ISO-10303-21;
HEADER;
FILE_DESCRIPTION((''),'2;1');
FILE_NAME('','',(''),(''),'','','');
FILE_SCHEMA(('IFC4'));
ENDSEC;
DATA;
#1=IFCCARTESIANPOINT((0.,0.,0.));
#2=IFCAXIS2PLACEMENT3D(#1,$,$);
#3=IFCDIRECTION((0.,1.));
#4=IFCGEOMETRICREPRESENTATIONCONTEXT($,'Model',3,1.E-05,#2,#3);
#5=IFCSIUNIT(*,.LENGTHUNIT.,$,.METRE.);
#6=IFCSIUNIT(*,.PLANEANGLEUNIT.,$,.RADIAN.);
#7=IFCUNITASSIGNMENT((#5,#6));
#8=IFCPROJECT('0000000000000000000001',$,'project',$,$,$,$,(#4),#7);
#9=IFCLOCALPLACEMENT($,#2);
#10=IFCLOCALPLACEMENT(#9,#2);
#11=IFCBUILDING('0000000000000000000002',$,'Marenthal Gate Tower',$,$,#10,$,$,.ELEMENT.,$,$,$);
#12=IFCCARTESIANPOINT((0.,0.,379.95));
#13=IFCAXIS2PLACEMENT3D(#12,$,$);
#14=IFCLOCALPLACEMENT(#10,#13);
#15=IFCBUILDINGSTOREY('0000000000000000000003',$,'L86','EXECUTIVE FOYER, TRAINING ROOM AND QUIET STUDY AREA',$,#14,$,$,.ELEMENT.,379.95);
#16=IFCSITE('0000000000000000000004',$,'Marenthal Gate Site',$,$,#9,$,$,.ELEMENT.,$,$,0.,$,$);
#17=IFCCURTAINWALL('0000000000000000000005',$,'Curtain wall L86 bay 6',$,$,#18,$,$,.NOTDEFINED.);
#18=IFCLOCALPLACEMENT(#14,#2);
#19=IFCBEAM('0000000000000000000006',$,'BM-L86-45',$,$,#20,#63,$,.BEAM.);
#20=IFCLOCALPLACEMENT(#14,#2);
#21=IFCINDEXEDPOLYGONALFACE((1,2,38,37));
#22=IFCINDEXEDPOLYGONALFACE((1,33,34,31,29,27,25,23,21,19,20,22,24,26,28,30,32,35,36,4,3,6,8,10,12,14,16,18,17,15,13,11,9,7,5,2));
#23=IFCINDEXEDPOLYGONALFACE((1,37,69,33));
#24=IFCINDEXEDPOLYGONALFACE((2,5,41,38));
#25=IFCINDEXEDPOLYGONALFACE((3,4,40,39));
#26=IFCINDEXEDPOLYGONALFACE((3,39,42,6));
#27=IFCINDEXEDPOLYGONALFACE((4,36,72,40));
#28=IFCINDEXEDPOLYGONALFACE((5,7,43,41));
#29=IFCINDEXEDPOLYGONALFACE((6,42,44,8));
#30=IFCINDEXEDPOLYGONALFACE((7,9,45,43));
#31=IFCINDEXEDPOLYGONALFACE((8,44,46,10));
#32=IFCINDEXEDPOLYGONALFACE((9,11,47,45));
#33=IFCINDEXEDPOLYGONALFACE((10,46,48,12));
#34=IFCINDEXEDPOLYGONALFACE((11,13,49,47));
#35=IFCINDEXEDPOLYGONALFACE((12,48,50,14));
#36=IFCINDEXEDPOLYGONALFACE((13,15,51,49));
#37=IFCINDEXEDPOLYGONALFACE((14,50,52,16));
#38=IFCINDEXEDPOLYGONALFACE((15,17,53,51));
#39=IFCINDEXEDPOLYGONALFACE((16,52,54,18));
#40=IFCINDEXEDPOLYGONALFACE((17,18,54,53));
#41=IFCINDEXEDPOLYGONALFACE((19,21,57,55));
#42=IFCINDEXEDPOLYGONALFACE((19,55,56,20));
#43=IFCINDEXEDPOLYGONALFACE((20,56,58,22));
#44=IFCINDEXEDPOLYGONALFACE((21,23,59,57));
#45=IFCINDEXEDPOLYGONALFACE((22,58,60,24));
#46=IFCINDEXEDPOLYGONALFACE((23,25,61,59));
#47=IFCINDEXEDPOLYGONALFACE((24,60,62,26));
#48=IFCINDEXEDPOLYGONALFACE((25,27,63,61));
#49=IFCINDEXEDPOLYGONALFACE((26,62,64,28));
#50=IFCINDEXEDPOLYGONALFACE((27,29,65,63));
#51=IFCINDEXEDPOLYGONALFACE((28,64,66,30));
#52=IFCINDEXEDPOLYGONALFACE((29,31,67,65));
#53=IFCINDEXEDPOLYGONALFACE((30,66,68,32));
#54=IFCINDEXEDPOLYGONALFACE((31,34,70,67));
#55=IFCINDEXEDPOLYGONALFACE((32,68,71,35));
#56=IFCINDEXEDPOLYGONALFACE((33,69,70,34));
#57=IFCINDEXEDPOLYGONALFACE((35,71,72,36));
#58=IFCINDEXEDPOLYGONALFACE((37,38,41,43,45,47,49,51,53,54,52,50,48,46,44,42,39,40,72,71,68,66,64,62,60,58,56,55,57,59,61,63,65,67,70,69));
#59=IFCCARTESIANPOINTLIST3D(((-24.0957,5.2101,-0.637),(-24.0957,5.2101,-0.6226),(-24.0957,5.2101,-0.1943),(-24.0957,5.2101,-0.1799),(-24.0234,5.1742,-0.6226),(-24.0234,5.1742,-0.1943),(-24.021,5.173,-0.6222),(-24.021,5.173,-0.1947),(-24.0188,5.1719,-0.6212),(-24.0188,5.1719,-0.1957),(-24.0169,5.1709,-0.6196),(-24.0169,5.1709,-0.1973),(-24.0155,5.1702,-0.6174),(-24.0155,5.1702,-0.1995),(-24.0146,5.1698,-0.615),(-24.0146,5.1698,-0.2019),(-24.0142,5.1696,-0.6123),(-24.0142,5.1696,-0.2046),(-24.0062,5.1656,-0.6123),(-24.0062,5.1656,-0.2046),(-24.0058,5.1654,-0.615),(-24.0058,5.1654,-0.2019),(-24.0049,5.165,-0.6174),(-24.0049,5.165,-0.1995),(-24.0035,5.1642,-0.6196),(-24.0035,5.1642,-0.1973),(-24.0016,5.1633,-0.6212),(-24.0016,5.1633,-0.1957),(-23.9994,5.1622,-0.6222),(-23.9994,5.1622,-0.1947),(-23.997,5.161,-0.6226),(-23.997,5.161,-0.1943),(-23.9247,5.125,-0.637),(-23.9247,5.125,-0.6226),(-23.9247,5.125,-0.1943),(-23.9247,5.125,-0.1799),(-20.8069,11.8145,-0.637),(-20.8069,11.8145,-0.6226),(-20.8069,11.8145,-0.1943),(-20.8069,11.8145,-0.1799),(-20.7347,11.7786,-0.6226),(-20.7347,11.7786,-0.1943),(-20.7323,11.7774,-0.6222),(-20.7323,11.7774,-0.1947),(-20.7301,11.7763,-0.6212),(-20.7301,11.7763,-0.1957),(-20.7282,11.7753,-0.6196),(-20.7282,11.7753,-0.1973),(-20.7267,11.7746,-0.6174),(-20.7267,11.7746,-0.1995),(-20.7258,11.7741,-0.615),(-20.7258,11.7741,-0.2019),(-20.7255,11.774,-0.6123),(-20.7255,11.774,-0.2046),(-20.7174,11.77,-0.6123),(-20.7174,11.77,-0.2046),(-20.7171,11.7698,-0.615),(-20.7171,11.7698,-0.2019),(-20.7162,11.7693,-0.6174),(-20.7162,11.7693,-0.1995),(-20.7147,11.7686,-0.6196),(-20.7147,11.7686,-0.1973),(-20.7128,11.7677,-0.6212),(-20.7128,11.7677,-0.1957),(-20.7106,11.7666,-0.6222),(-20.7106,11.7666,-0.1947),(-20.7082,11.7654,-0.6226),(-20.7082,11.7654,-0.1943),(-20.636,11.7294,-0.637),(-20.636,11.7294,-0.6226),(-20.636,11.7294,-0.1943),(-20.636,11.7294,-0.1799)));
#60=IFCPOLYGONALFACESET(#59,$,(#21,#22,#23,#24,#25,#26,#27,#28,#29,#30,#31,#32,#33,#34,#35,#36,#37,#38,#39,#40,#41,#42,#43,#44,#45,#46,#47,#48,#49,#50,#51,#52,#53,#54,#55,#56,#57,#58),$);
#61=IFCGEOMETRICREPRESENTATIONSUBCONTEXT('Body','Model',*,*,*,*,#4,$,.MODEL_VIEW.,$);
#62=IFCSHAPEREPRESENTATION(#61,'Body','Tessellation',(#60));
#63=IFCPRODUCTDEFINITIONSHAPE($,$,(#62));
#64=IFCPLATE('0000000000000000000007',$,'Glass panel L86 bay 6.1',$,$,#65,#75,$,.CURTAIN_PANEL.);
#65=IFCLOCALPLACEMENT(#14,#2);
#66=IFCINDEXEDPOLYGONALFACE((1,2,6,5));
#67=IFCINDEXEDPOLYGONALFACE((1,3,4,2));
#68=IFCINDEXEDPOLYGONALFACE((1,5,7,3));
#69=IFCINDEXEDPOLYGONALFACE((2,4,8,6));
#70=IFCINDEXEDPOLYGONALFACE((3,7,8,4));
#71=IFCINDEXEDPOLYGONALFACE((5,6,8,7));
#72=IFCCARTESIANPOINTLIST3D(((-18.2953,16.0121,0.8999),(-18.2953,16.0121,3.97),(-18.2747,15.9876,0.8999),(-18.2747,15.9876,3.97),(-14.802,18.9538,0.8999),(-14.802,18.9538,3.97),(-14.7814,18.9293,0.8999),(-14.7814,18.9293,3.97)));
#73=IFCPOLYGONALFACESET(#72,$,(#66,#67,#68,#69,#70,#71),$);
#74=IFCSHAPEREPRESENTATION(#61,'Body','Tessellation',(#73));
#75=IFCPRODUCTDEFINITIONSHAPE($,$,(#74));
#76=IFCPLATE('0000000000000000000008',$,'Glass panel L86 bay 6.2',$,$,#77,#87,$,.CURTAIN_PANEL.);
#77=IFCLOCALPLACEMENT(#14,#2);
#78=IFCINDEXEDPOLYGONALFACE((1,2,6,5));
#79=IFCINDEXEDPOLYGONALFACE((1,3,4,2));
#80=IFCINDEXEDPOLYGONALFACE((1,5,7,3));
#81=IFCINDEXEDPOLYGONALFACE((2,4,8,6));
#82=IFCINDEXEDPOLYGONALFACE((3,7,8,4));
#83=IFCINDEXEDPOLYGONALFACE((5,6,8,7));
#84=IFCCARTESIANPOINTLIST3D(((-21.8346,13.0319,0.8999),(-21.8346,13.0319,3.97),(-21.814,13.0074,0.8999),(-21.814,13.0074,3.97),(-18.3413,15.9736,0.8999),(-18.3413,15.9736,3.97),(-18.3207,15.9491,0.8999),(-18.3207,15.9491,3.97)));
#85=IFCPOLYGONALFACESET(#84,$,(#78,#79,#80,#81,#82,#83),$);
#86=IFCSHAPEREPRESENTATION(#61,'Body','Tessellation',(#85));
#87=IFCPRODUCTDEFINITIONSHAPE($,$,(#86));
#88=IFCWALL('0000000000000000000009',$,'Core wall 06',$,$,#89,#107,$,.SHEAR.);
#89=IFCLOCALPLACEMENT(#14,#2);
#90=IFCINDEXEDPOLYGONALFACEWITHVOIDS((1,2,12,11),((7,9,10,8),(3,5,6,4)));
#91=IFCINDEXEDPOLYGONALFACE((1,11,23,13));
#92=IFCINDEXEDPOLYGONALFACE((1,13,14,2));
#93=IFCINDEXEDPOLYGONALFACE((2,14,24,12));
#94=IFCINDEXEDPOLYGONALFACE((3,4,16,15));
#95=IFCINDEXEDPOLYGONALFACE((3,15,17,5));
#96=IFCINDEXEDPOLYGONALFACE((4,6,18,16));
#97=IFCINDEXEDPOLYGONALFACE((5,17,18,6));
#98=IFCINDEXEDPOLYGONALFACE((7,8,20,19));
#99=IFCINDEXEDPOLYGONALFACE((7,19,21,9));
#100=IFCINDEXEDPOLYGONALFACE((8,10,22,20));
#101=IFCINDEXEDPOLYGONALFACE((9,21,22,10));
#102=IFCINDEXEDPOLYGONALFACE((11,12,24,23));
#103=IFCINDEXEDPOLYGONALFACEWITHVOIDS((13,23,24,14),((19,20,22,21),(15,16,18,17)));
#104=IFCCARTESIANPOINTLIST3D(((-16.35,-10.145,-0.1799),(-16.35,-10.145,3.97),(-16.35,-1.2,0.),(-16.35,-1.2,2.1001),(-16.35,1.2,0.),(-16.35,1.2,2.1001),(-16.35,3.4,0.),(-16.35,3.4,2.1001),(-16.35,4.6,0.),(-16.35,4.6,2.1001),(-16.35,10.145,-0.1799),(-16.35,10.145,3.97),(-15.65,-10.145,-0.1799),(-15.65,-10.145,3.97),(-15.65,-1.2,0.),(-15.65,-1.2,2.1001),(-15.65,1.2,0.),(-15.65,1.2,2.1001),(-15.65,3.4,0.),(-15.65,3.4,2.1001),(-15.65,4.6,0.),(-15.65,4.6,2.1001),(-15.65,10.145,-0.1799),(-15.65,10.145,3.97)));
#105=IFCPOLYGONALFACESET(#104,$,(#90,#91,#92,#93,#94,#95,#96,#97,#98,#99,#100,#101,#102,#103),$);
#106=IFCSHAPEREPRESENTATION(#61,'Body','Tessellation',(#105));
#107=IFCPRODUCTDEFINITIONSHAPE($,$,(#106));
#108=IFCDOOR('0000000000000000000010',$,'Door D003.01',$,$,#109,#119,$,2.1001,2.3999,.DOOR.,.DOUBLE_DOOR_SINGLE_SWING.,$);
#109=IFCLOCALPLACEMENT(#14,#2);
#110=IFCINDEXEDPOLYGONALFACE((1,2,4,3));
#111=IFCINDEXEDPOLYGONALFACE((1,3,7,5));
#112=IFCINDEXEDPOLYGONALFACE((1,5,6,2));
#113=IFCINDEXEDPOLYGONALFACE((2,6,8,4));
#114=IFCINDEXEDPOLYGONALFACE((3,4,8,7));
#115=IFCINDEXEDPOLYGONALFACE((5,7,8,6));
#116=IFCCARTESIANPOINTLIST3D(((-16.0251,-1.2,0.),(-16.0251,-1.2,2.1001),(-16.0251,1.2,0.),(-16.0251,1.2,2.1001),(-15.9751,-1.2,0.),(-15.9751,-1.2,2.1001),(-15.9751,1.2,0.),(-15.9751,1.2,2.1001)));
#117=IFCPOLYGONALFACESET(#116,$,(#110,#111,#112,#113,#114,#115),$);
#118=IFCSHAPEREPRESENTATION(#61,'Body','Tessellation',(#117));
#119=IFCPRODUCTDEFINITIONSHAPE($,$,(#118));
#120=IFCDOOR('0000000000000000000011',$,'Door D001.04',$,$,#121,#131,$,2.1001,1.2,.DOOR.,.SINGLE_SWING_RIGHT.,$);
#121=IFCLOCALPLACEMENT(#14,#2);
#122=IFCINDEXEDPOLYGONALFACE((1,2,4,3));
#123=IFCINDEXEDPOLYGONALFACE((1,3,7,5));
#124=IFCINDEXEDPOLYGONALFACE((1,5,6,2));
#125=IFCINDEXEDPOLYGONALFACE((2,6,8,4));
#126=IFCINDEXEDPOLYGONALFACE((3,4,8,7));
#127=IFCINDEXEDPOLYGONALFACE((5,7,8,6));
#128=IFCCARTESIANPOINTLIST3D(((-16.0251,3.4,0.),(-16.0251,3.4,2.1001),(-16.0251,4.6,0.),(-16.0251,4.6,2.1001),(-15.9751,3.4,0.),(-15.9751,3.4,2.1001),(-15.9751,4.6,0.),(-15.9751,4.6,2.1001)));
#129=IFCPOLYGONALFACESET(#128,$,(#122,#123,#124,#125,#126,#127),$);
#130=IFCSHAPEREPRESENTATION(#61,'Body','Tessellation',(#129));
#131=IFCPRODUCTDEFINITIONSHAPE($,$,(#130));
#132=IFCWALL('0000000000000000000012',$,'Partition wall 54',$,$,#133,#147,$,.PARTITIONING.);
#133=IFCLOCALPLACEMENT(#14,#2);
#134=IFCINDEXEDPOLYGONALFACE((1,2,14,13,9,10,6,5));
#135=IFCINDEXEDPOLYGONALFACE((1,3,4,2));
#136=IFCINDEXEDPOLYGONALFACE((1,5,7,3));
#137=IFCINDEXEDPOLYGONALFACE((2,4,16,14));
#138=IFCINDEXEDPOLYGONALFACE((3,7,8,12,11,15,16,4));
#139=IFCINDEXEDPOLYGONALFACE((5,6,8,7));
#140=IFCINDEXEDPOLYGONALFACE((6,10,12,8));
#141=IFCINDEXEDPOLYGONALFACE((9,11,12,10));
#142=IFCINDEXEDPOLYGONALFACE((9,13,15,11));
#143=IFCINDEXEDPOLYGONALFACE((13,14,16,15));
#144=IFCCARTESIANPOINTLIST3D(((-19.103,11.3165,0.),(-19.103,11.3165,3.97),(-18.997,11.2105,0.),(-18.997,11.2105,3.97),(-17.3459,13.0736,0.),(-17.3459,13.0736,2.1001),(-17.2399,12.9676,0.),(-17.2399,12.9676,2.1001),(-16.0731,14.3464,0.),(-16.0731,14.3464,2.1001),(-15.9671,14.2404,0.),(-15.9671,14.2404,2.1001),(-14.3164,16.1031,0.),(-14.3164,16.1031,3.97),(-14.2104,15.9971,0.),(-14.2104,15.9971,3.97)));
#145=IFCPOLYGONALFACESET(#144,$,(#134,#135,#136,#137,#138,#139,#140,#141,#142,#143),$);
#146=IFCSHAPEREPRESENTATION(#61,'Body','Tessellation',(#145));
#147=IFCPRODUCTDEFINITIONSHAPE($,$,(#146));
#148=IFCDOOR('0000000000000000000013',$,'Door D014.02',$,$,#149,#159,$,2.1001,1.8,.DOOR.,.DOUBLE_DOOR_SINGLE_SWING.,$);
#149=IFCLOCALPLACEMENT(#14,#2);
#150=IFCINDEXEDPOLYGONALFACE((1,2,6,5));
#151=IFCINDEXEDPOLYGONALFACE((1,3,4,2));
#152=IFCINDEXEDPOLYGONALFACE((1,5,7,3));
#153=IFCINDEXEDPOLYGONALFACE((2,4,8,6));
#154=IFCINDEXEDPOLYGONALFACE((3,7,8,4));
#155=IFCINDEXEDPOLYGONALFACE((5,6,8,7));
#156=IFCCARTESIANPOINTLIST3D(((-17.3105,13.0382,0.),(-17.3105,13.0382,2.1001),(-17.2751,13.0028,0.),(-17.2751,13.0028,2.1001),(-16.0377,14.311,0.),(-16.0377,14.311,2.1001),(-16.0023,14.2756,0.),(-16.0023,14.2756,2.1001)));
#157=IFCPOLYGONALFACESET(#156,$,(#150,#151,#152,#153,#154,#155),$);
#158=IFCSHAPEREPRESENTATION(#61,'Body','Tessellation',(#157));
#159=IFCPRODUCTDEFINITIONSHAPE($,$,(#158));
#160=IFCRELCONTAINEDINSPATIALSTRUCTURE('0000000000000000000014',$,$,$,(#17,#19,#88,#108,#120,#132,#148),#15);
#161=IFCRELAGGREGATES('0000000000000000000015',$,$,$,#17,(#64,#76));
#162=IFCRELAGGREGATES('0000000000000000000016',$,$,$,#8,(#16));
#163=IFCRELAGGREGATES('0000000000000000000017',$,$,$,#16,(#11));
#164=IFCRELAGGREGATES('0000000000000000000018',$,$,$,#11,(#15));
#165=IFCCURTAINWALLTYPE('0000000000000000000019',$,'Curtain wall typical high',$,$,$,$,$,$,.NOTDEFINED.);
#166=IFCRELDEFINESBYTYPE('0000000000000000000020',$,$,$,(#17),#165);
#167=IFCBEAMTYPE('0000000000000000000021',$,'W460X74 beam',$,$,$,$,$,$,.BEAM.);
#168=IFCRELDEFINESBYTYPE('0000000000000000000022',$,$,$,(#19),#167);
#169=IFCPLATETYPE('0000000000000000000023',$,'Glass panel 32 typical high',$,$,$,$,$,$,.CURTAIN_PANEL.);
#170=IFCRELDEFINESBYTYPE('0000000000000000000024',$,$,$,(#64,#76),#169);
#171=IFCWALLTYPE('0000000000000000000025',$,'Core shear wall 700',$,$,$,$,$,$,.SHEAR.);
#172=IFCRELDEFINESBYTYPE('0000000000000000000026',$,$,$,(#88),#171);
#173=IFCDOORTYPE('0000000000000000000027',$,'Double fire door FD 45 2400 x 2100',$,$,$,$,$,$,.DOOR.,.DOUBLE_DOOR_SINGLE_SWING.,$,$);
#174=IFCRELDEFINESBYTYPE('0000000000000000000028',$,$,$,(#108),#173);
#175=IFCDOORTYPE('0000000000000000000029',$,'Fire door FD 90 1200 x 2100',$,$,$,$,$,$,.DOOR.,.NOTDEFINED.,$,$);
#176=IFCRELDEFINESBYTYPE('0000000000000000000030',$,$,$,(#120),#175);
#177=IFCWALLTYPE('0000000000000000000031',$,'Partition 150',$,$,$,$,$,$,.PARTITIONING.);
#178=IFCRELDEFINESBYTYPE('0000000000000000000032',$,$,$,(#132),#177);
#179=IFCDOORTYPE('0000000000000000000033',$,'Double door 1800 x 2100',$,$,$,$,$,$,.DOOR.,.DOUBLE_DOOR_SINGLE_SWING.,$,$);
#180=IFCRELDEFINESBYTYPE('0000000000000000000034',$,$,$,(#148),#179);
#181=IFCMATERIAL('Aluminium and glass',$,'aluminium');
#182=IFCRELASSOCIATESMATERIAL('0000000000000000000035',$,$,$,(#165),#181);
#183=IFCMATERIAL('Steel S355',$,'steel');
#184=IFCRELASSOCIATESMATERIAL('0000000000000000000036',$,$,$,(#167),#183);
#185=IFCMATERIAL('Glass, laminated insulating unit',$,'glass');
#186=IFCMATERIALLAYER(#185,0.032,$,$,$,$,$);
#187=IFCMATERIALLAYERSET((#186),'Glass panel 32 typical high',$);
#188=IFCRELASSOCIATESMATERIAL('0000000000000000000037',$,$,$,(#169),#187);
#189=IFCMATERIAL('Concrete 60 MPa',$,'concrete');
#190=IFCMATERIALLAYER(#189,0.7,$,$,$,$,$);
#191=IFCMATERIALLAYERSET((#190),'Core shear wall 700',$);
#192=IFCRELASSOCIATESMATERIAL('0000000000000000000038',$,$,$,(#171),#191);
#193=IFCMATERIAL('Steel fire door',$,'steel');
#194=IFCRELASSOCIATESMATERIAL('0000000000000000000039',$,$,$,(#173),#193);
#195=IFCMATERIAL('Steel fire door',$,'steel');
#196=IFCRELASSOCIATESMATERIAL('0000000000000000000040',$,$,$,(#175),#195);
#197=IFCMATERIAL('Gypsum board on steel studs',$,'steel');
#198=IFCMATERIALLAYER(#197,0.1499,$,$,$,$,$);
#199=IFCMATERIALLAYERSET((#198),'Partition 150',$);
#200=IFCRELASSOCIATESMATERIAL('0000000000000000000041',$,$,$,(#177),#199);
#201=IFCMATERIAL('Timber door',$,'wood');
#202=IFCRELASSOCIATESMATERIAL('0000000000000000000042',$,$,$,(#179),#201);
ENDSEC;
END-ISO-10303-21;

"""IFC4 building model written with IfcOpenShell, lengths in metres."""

from ifc_helpers import new_model, si_unit, direction, frame, frame_2d, origin, origin_2d, place, context, subcontext, project, spatial, rectangle, i_section, extrude, material, layer, layer_set, material_profile, profile_set, type_object, element, fill, aggregate, save


model = new_model("IFC4")

# Units and contexts
model_context = context("Model", 3, precision=1e-05, world=origin(), true_north=direction((0.0, 1.0)))
body_context = subcontext(model_context, "Body", "Model", "MODEL_VIEW")
ifc_project = project(units=[si_unit("LENGTHUNIT", "METRE"), si_unit("PLANEANGLEUNIT", "RADIAN")], contexts=[model_context])

# Site, building, storey
site_placement = place(None, origin())
site = spatial("IfcSite", under=ifc_project, at=site_placement, Name="Marenthal Gate Site", CompositionType="ELEMENT", RefElevation=0.0)
building_placement = place(site_placement, origin())
building = spatial("IfcBuilding", under=site, at=building_placement, Name="Marenthal Gate Tower", CompositionType="ELEMENT")
storey_placement = place(building_placement, frame((0.0, 0.0, 379.95)))
storey = spatial("IfcBuildingStorey", under=building, at=storey_placement, Name="L86", Description="EXECUTIVE FOYER, TRAINING ROOM AND QUIET STUDY AREA", CompositionType="ELEMENT", Elevation=379.95)

# Curtain wall
ifc_material_1 = material(Name="Aluminium and glass", Category="aluminium")
curtain_wall_type = type_object("IfcCurtainWallType", Name="Curtain wall typical high", PredefinedType="NOTDEFINED", material=ifc_material_1)
curtain_wall_placement = place(storey_placement, origin())
curtain_wall = element("IfcCurtainWall", 1, at=curtain_wall_placement, inside=storey, type_object=curtain_wall_type, Name="Curtain wall L86 bay 6", PredefinedType="NOTDEFINED")

# Beam
ifc_material_2 = material(Name="Steel S355", Category="steel")
ifc_material_profile_1 = material_profile(ifc_material_2, i_section(OverallWidth=0.1909, OverallDepth=0.457, WebThickness=0.009, FlangeThickness=0.0144, FilletRadius=0.0103, at=origin_2d()), Name="W460X74")
ifc_profile_set_1 = profile_set([ifc_material_profile_1], Name="Steel S355")
beam_type_1 = type_object("IfcBeamType", Name="W460X74 beam", PredefinedType="BEAM", material=ifc_profile_set_1)
beam_1_placement = place(storey_placement, frame((-20.7214, 11.772, -0.4084), z_axis=(-0.445757, -0.895154, 0.0), x_axis=(0.895154, -0.445757, 0.0)))
element("IfcBeam", 2, at=beam_1_placement, inside=storey, type_object=beam_type_1, Name="BM-L86-45", PredefinedType="BEAM", context=body_context, shape_type="SweptSolid", body=[
    extrude(i_section(OverallWidth=0.1909, OverallDepth=0.457, WebThickness=0.009, FlangeThickness=0.0144, FilletRadius=0.0103, at=origin_2d()), origin(), (0.0, 0.0, 1.0), 7.3779),
])

# Plates
ifc_material_3 = material(Name="Glass, laminated insulating unit", Category="glass")
ifc_layer_1 = layer(ifc_material_3, 0.032)
ifc_layer_set_1 = layer_set([ifc_layer_1], Name="Glass panel 32 typical high")
plate_type = type_object("IfcPlateType", Name="Glass panel 32 typical high", PredefinedType="CURTAIN_PANEL", material=ifc_layer_set_1)
plate_1_placement = place(storey_placement, frame((-16.5383, 17.4707, 0.8999), z_axis=(0.0, 0.0, 1.0), x_axis=(-0.764912, -0.644135, 0.0)))
plate_1 = element("IfcPlate", 3, at=plate_1_placement, type_object=plate_type, Name="Glass panel L86 bay 6.1", PredefinedType="CURTAIN_PANEL", context=body_context, shape_type="SweptSolid", body=[
    extrude(rectangle(XDim=4.5669, YDim=0.032, at=origin_2d()), origin(), (0.0, 0.0, 1.0), 3.0701),
])
plate_2_placement = place(storey_placement, frame((-20.0776, 14.4905, 0.8999), z_axis=(0.0, 0.0, 1.0), x_axis=(-0.764912, -0.644135, 0.0)))
plate_2 = element("IfcPlate", 4, at=plate_2_placement, type_object=plate_type, Name="Glass panel L86 bay 6.2", PredefinedType="CURTAIN_PANEL", context=body_context, shape_type="SweptSolid", body=[
    extrude(rectangle(XDim=4.5669, YDim=0.032, at=origin_2d()), origin(), (0.0, 0.0, 1.0), 3.0701),
])
aggregate(curtain_wall, [plate_1, plate_2])

# Wall, openings, doors
ifc_material_4 = material(Name="Concrete 60 MPa", Category="concrete")
ifc_layer_2 = layer(ifc_material_4, 0.7)
ifc_layer_set_2 = layer_set([ifc_layer_2], Name="Core shear wall 700")
wall_type_1 = type_object("IfcWallType", Name="Core shear wall 700", PredefinedType="SHEAR", material=ifc_layer_set_2)
wall_1_placement = place(storey_placement, frame((-16.0, 10.145, -0.1799), z_axis=(0.0, 0.0, 1.0), x_axis=(0.0, -1.0, 0.0)))
wall_1 = element("IfcWall", 5, at=wall_1_placement, inside=storey, type_object=wall_type_1, Name="Core wall 06", PredefinedType="SHEAR", context=body_context, shape_type="SweptSolid", body=[
    extrude(rectangle(XDim=20.29, YDim=0.7, at=frame_2d((10.145, 0.0))), origin(), (0.0, 0.0, 1.0), 4.1499),
])
opening_1_placement = place(wall_1_placement, frame((8.9451, 0.0, 0.1799)))
opening_1 = element("IfcOpeningElement", 6, at=opening_1_placement, cuts=wall_1, PredefinedType="OPENING", context=body_context, shape_type="SweptSolid", body=[
    extrude(rectangle(XDim=2.3999, YDim=2.1001, at=frame_2d((1.2, 1.05))), frame((0.0, 0.3599, 0.0), z_axis=(0.0, -1.0, 0.0), x_axis=(1.0, 0.0, 0.0)), (0.0, 0.0, 1.0), 0.72),
])
opening_2_placement = place(wall_1_placement, frame((5.5449, 0.0, 0.1799)))
opening_2 = element("IfcOpeningElement", 7, at=opening_2_placement, cuts=wall_1, PredefinedType="OPENING", context=body_context, shape_type="SweptSolid", body=[
    extrude(rectangle(XDim=1.2, YDim=2.1001, at=frame_2d((0.6001, 1.05))), frame((0.0, 0.3599, 0.0), z_axis=(0.0, -1.0, 0.0), x_axis=(1.0, 0.0, 0.0)), (0.0, 0.0, 1.0), 0.72),
])
ifc_material_5 = material(Name="Steel fire door", Category="steel")
door_type_1 = type_object("IfcDoorType", Name="Double fire door FD 45 2400 x 2100", OperationType="DOUBLE_DOOR_SINGLE_SWING", PredefinedType="DOOR", material=ifc_material_5)
door_1_placement = place(opening_1_placement, origin())
door_1 = element("IfcDoor", 8, at=door_1_placement, inside=storey, type_object=door_type_1, Name="Door D003.01", OperationType="DOUBLE_DOOR_SINGLE_SWING", OverallHeight=2.1001, OverallWidth=2.3999, PredefinedType="DOOR", context=body_context, shape_type="SweptSolid", body=[
    extrude(rectangle(XDim=2.3999, YDim=2.1001, at=frame_2d((1.2, 1.05))), frame((0.0, 0.0249, 0.0), z_axis=(0.0, -1.0, 0.0), x_axis=(1.0, 0.0, 0.0)), (0.0, 0.0, 1.0), 0.05),
])
fill(opening_1, door_1)
ifc_material_6 = material(Name="Steel fire door", Category="steel")
door_type_2 = type_object("IfcDoorType", Name="Fire door FD 90 1200 x 2100", OperationType="NOTDEFINED", PredefinedType="DOOR", material=ifc_material_6)
door_2_placement = place(opening_2_placement, origin())
door_2 = element("IfcDoor", 9, at=door_2_placement, inside=storey, type_object=door_type_2, Name="Door D001.04", OperationType="SINGLE_SWING_RIGHT", OverallHeight=2.1001, OverallWidth=1.2, PredefinedType="DOOR", context=body_context, shape_type="SweptSolid", body=[
    extrude(rectangle(XDim=1.2, YDim=2.1001, at=frame_2d((0.6001, 1.05))), frame((0.0, 0.0249, 0.0), z_axis=(0.0, -1.0, 0.0), x_axis=(1.0, 0.0, 0.0)), (0.0, 0.0, 1.0), 0.05),
])
fill(opening_2, door_2)

# Wall, opening, door
ifc_material_7 = material(Name="Gypsum board on steel studs", Category="steel")
ifc_layer_3 = layer(ifc_material_7, 0.1499)
ifc_layer_set_3 = layer_set([ifc_layer_3], Name="Partition 150")
wall_type_2 = type_object("IfcWallType", Name="Partition 150", PredefinedType="PARTITIONING", material=ifc_layer_set_3)
wall_2_placement = place(storey_placement, frame((-19.05, 11.2634, 0.0), z_axis=(0.0, 0.0, 1.0), x_axis=(0.707107, 0.707107, 0.0)))
wall_2 = element("IfcWall", 10, at=wall_2_placement, inside=storey, type_object=wall_type_2, Name="Partition wall 54", PredefinedType="PARTITIONING", context=body_context, shape_type="SweptSolid", body=[
    extrude(rectangle(XDim=6.7693, YDim=0.1499, at=frame_2d((3.3848, 0.0))), origin(), (0.0, 0.0, 1.0), 3.97),
])
opening_3_placement = place(wall_2_placement, frame((2.4851, 0.0, 0.0)))
opening_3 = element("IfcOpeningElement", 11, at=opening_3_placement, cuts=wall_2, PredefinedType="OPENING", context=body_context, shape_type="SweptSolid", body=[
    extrude(rectangle(XDim=1.8, YDim=2.1001, at=frame_2d((0.8999, 1.05))), frame((0.0, 0.085, 0.0), z_axis=(0.0, -1.0, 0.0), x_axis=(1.0, 0.0, 0.0)), (0.0, 0.0, 1.0), 0.1699),
])
ifc_material_8 = material(Name="Timber door", Category="wood")
door_type_3 = type_object("IfcDoorType", Name="Double door 1800 x 2100", OperationType="DOUBLE_DOOR_SINGLE_SWING", PredefinedType="DOOR", material=ifc_material_8)
door_3_placement = place(opening_3_placement, origin())
door_3 = element("IfcDoor", 12, at=door_3_placement, inside=storey, type_object=door_type_3, Name="Door D014.02", OperationType="DOUBLE_DOOR_SINGLE_SWING", OverallHeight=2.1001, OverallWidth=1.8, PredefinedType="DOOR", context=body_context, shape_type="SweptSolid", body=[
    extrude(rectangle(XDim=1.8, YDim=2.1001, at=frame_2d((0.8999, 1.05))), frame((0.0, 0.0249, 0.0), z_axis=(0.0, -1.0, 0.0), x_axis=(1.0, 0.0, 0.0)), (0.0, 0.0, 1.0), 0.05),
])
fill(opening_3, door_3)

save(model, "model.ifc")
